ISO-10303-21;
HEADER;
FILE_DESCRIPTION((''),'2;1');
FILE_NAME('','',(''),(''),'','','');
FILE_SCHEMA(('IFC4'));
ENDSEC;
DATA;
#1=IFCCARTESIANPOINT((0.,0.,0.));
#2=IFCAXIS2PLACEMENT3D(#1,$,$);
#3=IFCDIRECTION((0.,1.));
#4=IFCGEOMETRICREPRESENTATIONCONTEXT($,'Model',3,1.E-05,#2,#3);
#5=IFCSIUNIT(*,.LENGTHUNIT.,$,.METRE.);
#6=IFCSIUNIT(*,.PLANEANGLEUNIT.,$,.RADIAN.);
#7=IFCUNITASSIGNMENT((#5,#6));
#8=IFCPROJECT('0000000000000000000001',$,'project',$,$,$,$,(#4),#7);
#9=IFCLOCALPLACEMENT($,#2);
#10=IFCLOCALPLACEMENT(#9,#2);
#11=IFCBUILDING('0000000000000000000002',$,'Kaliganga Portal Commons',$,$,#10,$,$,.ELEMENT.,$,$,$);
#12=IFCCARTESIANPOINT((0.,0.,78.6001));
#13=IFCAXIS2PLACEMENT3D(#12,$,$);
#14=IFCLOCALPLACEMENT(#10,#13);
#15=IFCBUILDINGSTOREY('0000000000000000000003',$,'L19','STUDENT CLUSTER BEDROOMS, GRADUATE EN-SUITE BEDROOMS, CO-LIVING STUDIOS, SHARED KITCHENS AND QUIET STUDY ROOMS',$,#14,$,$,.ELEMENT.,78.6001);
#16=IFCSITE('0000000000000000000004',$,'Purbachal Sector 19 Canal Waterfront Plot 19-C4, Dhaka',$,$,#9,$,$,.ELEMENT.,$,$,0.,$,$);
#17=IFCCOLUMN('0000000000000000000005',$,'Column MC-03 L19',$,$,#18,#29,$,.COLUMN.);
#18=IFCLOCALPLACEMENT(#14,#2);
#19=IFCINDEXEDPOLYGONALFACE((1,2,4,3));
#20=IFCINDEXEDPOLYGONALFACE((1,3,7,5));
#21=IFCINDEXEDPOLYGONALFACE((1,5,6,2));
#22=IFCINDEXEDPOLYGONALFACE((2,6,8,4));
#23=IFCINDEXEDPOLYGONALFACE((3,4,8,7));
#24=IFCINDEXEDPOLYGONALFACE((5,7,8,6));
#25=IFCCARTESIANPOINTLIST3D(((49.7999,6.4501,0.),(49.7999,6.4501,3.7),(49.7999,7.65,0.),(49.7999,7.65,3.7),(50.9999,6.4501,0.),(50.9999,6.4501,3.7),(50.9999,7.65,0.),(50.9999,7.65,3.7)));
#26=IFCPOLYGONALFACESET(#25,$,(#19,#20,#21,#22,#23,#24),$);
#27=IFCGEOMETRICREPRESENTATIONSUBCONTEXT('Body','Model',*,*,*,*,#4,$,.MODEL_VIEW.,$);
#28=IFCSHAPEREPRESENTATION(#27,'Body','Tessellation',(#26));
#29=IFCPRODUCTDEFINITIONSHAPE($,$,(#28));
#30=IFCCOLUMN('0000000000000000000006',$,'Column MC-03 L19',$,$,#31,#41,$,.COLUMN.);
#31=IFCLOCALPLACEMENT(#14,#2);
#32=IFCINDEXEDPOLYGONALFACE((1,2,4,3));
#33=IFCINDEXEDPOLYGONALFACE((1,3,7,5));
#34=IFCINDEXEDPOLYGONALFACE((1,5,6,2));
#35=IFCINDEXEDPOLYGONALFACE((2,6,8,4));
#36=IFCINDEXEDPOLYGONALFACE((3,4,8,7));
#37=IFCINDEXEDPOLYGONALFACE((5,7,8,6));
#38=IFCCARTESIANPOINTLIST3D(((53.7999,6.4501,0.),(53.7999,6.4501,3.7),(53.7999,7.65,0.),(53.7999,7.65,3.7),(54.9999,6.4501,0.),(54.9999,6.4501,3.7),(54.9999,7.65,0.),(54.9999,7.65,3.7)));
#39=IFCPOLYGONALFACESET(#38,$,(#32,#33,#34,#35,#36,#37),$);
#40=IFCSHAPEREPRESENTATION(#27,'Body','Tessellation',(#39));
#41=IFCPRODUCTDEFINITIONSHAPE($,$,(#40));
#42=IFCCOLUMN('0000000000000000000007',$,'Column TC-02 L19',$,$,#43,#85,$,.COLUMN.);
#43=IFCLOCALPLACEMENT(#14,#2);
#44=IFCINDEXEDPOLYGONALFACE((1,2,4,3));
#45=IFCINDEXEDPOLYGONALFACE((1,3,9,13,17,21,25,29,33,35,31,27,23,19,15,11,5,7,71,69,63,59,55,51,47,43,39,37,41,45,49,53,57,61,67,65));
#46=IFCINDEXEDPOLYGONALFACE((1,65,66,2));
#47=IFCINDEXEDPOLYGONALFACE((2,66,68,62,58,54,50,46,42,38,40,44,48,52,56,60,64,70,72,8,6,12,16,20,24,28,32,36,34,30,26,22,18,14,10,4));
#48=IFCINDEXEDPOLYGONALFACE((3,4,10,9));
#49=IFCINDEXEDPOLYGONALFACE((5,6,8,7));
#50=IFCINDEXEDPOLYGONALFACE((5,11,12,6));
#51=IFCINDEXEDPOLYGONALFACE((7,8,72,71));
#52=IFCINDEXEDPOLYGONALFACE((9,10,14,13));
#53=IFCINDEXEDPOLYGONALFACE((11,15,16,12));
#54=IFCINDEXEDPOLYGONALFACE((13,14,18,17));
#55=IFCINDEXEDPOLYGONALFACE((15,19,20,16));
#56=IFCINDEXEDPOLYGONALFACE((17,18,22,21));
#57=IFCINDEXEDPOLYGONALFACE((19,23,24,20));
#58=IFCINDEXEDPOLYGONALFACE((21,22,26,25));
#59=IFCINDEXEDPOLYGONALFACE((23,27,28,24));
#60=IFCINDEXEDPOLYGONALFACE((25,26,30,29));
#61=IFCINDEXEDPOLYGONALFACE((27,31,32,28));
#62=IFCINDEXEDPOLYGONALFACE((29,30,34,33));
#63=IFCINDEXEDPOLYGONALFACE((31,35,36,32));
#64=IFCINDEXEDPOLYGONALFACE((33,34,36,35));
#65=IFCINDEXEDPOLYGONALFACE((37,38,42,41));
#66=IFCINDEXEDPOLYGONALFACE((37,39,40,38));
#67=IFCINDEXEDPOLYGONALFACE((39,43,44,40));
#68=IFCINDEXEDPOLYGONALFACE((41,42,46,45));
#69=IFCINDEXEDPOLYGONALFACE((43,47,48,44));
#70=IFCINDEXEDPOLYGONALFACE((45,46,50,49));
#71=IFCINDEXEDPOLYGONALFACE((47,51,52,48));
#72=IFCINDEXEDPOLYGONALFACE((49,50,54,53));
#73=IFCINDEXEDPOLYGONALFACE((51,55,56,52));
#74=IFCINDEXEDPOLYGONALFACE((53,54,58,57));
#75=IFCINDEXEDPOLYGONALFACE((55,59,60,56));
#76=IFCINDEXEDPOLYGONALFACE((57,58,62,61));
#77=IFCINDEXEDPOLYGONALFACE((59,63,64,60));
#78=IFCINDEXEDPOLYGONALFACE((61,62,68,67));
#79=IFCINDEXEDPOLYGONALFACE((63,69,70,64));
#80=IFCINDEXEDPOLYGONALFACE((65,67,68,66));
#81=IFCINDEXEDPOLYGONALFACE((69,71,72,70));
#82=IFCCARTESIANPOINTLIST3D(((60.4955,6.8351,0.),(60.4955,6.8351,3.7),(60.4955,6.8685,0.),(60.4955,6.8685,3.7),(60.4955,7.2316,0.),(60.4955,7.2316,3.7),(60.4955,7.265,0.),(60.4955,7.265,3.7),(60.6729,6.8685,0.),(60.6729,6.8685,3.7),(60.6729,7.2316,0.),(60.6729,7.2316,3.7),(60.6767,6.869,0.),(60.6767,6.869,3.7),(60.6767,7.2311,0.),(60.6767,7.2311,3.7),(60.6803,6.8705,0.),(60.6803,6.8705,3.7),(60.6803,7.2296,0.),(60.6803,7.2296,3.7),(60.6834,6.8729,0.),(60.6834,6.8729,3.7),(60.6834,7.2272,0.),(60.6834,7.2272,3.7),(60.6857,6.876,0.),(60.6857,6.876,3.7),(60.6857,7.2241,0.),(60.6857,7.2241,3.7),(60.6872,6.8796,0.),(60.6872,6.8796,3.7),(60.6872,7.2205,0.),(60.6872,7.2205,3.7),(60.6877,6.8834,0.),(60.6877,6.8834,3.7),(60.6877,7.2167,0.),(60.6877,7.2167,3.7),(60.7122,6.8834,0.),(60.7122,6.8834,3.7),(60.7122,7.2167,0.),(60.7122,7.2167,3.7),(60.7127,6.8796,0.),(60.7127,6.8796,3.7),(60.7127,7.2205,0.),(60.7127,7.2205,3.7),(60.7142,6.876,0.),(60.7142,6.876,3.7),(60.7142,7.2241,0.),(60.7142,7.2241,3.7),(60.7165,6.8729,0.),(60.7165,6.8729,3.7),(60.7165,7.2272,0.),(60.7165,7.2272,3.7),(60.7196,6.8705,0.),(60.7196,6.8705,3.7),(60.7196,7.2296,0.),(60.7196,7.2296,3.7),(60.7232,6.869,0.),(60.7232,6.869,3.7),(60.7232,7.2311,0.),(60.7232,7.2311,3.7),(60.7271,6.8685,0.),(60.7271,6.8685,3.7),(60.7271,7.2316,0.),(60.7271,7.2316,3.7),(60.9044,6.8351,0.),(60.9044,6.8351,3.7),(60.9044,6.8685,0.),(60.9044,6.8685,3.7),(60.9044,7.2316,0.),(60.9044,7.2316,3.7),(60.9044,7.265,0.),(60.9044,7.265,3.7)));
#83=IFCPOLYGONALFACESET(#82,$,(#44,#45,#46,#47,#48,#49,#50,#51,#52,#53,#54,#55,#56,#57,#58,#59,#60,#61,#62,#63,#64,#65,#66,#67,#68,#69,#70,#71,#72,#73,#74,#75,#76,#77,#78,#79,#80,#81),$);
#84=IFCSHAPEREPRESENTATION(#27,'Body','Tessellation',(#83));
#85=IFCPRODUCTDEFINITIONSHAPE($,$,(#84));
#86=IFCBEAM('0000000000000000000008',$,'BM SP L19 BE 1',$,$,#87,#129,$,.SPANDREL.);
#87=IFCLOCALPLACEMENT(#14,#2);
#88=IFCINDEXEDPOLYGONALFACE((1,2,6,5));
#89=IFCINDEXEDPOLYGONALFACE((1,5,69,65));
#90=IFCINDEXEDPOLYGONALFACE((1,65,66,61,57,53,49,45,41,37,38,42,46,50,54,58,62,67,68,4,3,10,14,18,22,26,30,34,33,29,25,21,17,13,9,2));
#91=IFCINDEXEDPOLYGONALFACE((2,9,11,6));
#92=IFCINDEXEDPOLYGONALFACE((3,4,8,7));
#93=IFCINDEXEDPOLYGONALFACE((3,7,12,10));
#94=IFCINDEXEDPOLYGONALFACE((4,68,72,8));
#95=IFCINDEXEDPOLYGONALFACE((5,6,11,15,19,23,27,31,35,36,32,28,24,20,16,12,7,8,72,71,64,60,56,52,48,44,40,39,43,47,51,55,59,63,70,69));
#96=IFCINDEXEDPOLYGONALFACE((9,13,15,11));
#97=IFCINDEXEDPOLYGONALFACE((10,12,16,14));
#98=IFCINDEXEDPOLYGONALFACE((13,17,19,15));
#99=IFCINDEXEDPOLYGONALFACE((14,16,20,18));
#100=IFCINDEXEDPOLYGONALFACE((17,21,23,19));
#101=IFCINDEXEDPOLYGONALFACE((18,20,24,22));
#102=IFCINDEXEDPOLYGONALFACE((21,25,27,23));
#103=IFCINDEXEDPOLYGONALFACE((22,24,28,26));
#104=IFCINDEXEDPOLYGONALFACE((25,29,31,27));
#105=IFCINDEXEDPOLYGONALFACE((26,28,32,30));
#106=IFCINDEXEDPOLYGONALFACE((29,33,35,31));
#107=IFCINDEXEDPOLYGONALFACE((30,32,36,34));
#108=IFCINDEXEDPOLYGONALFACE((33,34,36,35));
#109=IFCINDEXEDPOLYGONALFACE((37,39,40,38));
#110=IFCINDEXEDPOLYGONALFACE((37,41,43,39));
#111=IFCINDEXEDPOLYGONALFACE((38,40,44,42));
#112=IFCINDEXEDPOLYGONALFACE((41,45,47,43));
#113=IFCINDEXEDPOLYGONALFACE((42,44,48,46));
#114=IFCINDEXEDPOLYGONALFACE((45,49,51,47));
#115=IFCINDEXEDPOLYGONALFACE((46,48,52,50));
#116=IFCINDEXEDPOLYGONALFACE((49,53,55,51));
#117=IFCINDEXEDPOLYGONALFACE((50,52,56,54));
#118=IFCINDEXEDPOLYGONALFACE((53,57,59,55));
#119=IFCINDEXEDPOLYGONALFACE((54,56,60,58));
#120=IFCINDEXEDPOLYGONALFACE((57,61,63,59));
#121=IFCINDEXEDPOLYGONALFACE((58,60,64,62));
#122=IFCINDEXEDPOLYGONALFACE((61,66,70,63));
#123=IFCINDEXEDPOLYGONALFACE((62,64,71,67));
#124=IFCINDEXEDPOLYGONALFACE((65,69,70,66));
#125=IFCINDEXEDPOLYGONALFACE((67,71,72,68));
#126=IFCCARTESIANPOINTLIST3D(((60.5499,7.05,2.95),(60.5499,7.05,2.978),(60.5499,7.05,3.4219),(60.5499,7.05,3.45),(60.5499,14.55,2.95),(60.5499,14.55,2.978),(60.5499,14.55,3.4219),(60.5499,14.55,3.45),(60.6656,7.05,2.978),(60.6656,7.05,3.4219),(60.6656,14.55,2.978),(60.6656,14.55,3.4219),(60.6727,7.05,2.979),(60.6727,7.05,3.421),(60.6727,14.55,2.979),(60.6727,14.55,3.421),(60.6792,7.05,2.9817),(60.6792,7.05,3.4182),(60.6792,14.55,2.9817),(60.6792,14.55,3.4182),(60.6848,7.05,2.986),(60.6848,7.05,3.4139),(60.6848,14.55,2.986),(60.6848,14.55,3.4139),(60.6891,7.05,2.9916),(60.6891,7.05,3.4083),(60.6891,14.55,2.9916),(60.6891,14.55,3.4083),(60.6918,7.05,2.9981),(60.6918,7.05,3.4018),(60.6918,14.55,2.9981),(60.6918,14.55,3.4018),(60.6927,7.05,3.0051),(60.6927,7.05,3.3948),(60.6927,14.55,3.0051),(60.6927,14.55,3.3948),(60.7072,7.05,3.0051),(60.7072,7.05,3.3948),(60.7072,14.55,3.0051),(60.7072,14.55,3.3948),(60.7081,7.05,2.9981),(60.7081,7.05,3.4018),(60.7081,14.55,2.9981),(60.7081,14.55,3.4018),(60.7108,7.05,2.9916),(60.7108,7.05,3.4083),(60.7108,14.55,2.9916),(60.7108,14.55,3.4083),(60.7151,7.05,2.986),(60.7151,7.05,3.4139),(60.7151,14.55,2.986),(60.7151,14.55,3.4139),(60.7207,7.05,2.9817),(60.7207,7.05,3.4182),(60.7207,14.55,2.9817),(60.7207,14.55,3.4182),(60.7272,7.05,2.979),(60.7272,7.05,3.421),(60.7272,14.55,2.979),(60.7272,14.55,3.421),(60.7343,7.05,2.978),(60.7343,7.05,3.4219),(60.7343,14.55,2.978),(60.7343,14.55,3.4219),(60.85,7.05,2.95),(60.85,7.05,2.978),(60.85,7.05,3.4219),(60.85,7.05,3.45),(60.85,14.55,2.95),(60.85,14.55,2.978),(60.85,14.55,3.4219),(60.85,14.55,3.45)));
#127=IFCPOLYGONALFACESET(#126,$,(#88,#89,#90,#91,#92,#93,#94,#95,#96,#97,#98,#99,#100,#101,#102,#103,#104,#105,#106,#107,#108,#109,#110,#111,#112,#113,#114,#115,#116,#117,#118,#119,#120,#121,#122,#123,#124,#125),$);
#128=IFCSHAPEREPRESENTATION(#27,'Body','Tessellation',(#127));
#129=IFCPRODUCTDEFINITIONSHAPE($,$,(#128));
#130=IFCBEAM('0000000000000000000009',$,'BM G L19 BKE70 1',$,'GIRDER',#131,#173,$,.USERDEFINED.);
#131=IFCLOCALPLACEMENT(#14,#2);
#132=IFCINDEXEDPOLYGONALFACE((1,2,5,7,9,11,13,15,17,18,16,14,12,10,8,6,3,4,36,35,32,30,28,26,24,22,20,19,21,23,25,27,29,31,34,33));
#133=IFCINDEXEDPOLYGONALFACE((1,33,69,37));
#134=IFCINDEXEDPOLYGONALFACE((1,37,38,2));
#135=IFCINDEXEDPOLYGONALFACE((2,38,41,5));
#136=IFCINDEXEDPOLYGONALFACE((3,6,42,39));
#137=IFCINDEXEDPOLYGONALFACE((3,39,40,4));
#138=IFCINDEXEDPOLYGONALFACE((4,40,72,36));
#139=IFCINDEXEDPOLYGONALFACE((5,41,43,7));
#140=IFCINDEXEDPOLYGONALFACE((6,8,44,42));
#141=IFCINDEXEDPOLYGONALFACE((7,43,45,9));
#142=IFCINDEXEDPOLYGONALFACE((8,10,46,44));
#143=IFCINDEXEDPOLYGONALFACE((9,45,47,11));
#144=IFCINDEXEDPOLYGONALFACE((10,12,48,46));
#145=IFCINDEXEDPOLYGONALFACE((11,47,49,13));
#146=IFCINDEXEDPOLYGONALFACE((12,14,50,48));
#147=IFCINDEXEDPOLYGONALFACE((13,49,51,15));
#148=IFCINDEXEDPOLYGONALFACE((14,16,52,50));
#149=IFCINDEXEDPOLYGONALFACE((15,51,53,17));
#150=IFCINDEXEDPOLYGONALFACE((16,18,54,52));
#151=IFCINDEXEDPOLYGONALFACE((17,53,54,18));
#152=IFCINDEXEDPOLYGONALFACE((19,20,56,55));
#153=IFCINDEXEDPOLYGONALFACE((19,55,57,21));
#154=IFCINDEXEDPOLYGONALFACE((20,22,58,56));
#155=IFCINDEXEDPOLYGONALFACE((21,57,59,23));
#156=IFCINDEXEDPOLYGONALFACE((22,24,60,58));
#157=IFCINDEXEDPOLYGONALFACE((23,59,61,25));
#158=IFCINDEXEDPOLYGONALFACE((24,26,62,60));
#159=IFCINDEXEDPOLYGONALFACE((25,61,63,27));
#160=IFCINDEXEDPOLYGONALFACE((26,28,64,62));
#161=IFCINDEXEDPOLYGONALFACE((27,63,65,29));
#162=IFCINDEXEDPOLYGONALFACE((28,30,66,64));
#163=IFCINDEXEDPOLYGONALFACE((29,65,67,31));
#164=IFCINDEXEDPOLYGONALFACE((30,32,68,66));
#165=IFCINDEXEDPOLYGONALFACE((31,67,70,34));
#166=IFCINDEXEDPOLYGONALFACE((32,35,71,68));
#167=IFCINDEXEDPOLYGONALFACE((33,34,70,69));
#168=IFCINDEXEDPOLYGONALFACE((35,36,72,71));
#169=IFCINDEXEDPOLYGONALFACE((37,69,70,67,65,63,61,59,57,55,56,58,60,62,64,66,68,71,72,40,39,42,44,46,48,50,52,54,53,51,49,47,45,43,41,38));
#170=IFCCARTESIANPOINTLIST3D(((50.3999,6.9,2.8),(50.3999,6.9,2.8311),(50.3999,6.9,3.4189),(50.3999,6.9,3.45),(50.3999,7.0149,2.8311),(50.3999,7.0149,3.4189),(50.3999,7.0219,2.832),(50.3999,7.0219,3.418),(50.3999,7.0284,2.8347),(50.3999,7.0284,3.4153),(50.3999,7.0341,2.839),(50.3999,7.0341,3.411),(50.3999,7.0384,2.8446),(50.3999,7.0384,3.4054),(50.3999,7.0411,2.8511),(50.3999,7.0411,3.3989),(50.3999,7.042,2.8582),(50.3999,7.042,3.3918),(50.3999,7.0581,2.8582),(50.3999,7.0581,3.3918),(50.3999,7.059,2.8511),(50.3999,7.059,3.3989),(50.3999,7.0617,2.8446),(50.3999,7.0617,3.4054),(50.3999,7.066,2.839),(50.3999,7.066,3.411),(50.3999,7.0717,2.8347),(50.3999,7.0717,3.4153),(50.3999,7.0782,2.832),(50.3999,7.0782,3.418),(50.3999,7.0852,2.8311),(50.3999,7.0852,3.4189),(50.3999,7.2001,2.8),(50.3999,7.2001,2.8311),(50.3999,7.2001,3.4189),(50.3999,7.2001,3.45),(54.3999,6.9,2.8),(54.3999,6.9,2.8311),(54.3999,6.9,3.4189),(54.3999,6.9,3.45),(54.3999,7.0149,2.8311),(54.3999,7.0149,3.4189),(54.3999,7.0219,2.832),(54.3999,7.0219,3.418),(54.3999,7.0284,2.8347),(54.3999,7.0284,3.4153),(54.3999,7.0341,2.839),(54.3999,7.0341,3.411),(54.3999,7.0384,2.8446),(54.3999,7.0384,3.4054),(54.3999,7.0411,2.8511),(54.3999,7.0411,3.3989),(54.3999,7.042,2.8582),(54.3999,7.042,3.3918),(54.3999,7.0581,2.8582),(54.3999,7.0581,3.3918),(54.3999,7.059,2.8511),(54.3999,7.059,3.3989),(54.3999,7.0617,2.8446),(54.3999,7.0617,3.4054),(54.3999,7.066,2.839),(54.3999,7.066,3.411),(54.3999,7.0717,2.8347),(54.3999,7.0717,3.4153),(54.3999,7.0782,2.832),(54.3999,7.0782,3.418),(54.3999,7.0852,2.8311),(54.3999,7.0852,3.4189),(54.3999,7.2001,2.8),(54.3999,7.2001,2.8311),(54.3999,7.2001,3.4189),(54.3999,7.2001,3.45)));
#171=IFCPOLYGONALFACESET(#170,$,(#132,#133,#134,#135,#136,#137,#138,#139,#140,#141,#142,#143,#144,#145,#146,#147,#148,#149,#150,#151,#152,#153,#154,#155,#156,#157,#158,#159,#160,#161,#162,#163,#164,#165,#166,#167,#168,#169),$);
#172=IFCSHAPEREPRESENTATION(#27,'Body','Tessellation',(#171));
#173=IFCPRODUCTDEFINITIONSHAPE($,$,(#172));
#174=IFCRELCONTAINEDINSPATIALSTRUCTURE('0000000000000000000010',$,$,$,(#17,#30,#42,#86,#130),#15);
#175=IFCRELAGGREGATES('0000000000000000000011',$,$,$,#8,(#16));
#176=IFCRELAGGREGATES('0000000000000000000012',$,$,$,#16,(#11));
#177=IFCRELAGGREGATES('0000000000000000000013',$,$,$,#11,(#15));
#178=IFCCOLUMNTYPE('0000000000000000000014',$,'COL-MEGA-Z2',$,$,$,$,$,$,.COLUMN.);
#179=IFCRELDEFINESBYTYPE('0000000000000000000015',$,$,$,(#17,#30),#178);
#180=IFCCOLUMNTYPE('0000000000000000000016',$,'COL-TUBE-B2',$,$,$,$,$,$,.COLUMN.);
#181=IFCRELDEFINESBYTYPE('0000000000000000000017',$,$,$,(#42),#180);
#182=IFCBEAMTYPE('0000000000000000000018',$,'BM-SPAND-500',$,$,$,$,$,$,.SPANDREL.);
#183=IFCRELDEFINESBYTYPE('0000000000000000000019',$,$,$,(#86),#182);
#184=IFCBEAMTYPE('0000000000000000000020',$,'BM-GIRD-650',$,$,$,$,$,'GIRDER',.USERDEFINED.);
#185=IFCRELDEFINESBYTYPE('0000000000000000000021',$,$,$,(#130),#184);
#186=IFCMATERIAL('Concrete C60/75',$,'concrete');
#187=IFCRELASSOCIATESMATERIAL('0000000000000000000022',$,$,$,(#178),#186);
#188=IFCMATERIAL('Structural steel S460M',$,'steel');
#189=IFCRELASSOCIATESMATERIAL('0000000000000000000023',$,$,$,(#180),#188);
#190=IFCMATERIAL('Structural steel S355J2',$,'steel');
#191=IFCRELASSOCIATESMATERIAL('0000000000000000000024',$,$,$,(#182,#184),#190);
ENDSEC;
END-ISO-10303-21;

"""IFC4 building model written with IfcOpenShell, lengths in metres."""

from ifc_helpers import new_model, si_unit, direction, frame, origin, origin_2d, place, context, subcontext, project, spatial, rectangle, i_section, extrude, source, transform, mapped, material, material_profile, profile_set, type_object, element, save


model = new_model("IFC4")

# Units and contexts
model_context = context("Model", 3, precision=1e-05, world=origin(), true_north=direction((0.0, 1.0)))
body_context = subcontext(model_context, "Body", "Model", "MODEL_VIEW")
ifc_project = project(units=[si_unit("LENGTHUNIT", "METRE"), si_unit("PLANEANGLEUNIT", "RADIAN")], contexts=[model_context])

# Site, building, storey
site_placement = place(None, origin())
site = spatial("IfcSite", under=ifc_project, at=site_placement, Name="Purbachal Sector 19 Canal Waterfront Plot 19-C4, Dhaka", CompositionType="ELEMENT", RefElevation=0.0)
building_placement = place(site_placement, origin())
building = spatial("IfcBuilding", under=site, at=building_placement, Name="Kaliganga Portal Commons", CompositionType="ELEMENT")
storey_placement = place(building_placement, frame((0.0, 0.0, 78.6001)))
storey = spatial("IfcBuildingStorey", under=building, at=storey_placement, Name="L19", Description="STUDENT CLUSTER BEDROOMS, GRADUATE EN-SUITE BEDROOMS, CO-LIVING STUDIOS, SHARED KITCHENS AND QUIET STUDY ROOMS", CompositionType="ELEMENT", Elevation=78.6001)

# Columns
ifc_material_1 = material(Name="Concrete C60/75", Category="concrete")
ifc_material_profile_1 = material_profile(ifc_material_1, rectangle(XDim=1.2, YDim=1.2, at=origin_2d()), Name="RC 1200x1200")
ifc_profile_set_1 = profile_set([ifc_material_profile_1], Name="Concrete C60/75")
column_type_1 = type_object("IfcColumnType", Name="COL-MEGA-Z2", PredefinedType="COLUMN", material=ifc_profile_set_1)
shared_shape_1 = source(origin(), body_context, "Body", "SweptSolid", [
    extrude(rectangle(XDim=1.2, YDim=1.2, at=origin_2d()), origin(), (0.0, 0.0, 1.0), 3.7),
])
for number, where, z_axis, x_axis, name in (
    (1, (50.3999, 7.05, 0.0), (0.0, 0.0, 1.0), (1.0, 0.0, 0.0), "Column MC-03 L19"),
    (2, (54.3999, 7.05, 0.0), (0.0, 0.0, 1.0), (1.0, 0.0, 0.0), "Column MC-03 L19"),
):
    element("IfcColumn", number, at=place(storey_placement, frame(where, z_axis=z_axis, x_axis=x_axis)), inside=storey, type_object=column_type_1, Name=name, PredefinedType="COLUMN", context=body_context, shape_type="MappedRepresentation", body=[
        mapped(shared_shape_1, transform((0.0, 0.0, 0.0), x_axis=(1.0, 0.0, 0.0), y_axis=(0.0, 1.0, 0.0), z_axis=(0.0, 0.0, 1.0), scale=1.0)),
    ])
ifc_material_2 = material(Name="Structural steel S460M", Category="steel")
ifc_material_profile_2 = material_profile(ifc_material_2, i_section(OverallWidth=0.4089, OverallDepth=0.4299, WebThickness=0.0244, FlangeThickness=0.0334, FilletRadius=0.0149, at=origin_2d()), Name="HD 400x421")
ifc_profile_set_2 = profile_set([ifc_material_profile_2], Name="Structural steel S460M wide-flange")
column_type_2 = type_object("IfcColumnType", Name="COL-TUBE-B2", PredefinedType="COLUMN", material=ifc_profile_set_2)
shared_shape_2 = source(origin(), body_context, "Body", "SweptSolid", [
    extrude(i_section(OverallWidth=0.4089, OverallDepth=0.4299, WebThickness=0.0244, FlangeThickness=0.0334, FilletRadius=0.0149, at=origin_2d()), origin(), (0.0, 0.0, 1.0), 3.7),
])
column_placement = place(storey_placement, frame((60.7, 7.05, 0.0), z_axis=(0.0, 0.0, 1.0), x_axis=(1.0, 0.0, 0.0)))
element("IfcColumn", 3, at=column_placement, inside=storey, type_object=column_type_2, Name="Column TC-02 L19", PredefinedType="COLUMN", context=body_context, shape_type="MappedRepresentation", body=[
    mapped(shared_shape_2, transform((0.0, 0.0, 0.0), x_axis=(1.0, 0.0, 0.0), y_axis=(0.0, 1.0, 0.0), z_axis=(0.0, 0.0, 1.0), scale=1.0)),
])

# Beams
ifc_material_3 = material(Name="Structural steel S355J2", Category="steel")
ifc_material_profile_3 = material_profile(ifc_material_3, i_section(OverallWidth=0.3, OverallDepth=0.5, WebThickness=0.0144, FlangeThickness=0.0281, FilletRadius=0.0271, at=origin_2d()), Name="HE 500 B")
ifc_profile_set_3 = profile_set([ifc_material_profile_3], Name="Structural steel S355J2 wide-flange")
beam_type_1 = type_object("IfcBeamType", Name="BM-SPAND-500", PredefinedType="SPANDREL", material=ifc_profile_set_3)
shared_shape_3 = source(origin(), body_context, "Body", "SweptSolid", [
    extrude(i_section(OverallWidth=0.3, OverallDepth=0.5, WebThickness=0.0144, FlangeThickness=0.0281, FilletRadius=0.0271, at=origin_2d()), origin(), (0.0, 0.0, 1.0), 7.5),
])
beam_1_placement = place(storey_placement, frame((60.7, 7.05, 3.2), z_axis=(0.0, 1.0, 0.0), x_axis=(-1.0, 0.0, 0.0)))
element("IfcBeam", 4, at=beam_1_placement, inside=storey, type_object=beam_type_1, Name="BM SP L19 BE 1", PredefinedType="SPANDREL", context=body_context, shape_type="MappedRepresentation", body=[
    mapped(shared_shape_3, transform((0.0, 0.0, 0.0), x_axis=(1.0, 0.0, 0.0), y_axis=(0.0, 1.0, 0.0), z_axis=(0.0, 0.0, 1.0), scale=1.0)),
])
ifc_material_profile_4 = material_profile(ifc_material_3, i_section(OverallWidth=0.3, OverallDepth=0.6499, WebThickness=0.0161, FlangeThickness=0.031, FilletRadius=0.0271, at=origin_2d()), Name="HE 650 B")
ifc_profile_set_4 = profile_set([ifc_material_profile_4], Name="Structural steel S355J2 wide-flange")
beam_type_2 = type_object("IfcBeamType", Name="BM-GIRD-650", ElementType="GIRDER", PredefinedType="USERDEFINED", material=ifc_profile_set_4)
shared_shape_4 = source(origin(), body_context, "Body", "SweptSolid", [
    extrude(i_section(OverallWidth=0.3, OverallDepth=0.6499, WebThickness=0.0161, FlangeThickness=0.031, FilletRadius=0.0271, at=origin_2d()), origin(), (0.0, 0.0, 1.0), 4.0),
])
beam_2_placement = place(storey_placement, frame((50.3999, 7.05, 3.125), z_axis=(1.0, 0.0, 0.0), x_axis=(0.0, 1.0, 0.0)))
element("IfcBeam", 5, at=beam_2_placement, inside=storey, type_object=beam_type_2, Name="BM G L19 BKE70 1", ObjectType="GIRDER", PredefinedType="USERDEFINED", context=body_context, shape_type="MappedRepresentation", body=[
    mapped(shared_shape_4, transform((0.0, 0.0, 0.0), x_axis=(1.0, 0.0, 0.0), y_axis=(0.0, 1.0, 0.0), z_axis=(0.0, 0.0, 1.0), scale=1.0)),
])

save(model, "model.ifc")
